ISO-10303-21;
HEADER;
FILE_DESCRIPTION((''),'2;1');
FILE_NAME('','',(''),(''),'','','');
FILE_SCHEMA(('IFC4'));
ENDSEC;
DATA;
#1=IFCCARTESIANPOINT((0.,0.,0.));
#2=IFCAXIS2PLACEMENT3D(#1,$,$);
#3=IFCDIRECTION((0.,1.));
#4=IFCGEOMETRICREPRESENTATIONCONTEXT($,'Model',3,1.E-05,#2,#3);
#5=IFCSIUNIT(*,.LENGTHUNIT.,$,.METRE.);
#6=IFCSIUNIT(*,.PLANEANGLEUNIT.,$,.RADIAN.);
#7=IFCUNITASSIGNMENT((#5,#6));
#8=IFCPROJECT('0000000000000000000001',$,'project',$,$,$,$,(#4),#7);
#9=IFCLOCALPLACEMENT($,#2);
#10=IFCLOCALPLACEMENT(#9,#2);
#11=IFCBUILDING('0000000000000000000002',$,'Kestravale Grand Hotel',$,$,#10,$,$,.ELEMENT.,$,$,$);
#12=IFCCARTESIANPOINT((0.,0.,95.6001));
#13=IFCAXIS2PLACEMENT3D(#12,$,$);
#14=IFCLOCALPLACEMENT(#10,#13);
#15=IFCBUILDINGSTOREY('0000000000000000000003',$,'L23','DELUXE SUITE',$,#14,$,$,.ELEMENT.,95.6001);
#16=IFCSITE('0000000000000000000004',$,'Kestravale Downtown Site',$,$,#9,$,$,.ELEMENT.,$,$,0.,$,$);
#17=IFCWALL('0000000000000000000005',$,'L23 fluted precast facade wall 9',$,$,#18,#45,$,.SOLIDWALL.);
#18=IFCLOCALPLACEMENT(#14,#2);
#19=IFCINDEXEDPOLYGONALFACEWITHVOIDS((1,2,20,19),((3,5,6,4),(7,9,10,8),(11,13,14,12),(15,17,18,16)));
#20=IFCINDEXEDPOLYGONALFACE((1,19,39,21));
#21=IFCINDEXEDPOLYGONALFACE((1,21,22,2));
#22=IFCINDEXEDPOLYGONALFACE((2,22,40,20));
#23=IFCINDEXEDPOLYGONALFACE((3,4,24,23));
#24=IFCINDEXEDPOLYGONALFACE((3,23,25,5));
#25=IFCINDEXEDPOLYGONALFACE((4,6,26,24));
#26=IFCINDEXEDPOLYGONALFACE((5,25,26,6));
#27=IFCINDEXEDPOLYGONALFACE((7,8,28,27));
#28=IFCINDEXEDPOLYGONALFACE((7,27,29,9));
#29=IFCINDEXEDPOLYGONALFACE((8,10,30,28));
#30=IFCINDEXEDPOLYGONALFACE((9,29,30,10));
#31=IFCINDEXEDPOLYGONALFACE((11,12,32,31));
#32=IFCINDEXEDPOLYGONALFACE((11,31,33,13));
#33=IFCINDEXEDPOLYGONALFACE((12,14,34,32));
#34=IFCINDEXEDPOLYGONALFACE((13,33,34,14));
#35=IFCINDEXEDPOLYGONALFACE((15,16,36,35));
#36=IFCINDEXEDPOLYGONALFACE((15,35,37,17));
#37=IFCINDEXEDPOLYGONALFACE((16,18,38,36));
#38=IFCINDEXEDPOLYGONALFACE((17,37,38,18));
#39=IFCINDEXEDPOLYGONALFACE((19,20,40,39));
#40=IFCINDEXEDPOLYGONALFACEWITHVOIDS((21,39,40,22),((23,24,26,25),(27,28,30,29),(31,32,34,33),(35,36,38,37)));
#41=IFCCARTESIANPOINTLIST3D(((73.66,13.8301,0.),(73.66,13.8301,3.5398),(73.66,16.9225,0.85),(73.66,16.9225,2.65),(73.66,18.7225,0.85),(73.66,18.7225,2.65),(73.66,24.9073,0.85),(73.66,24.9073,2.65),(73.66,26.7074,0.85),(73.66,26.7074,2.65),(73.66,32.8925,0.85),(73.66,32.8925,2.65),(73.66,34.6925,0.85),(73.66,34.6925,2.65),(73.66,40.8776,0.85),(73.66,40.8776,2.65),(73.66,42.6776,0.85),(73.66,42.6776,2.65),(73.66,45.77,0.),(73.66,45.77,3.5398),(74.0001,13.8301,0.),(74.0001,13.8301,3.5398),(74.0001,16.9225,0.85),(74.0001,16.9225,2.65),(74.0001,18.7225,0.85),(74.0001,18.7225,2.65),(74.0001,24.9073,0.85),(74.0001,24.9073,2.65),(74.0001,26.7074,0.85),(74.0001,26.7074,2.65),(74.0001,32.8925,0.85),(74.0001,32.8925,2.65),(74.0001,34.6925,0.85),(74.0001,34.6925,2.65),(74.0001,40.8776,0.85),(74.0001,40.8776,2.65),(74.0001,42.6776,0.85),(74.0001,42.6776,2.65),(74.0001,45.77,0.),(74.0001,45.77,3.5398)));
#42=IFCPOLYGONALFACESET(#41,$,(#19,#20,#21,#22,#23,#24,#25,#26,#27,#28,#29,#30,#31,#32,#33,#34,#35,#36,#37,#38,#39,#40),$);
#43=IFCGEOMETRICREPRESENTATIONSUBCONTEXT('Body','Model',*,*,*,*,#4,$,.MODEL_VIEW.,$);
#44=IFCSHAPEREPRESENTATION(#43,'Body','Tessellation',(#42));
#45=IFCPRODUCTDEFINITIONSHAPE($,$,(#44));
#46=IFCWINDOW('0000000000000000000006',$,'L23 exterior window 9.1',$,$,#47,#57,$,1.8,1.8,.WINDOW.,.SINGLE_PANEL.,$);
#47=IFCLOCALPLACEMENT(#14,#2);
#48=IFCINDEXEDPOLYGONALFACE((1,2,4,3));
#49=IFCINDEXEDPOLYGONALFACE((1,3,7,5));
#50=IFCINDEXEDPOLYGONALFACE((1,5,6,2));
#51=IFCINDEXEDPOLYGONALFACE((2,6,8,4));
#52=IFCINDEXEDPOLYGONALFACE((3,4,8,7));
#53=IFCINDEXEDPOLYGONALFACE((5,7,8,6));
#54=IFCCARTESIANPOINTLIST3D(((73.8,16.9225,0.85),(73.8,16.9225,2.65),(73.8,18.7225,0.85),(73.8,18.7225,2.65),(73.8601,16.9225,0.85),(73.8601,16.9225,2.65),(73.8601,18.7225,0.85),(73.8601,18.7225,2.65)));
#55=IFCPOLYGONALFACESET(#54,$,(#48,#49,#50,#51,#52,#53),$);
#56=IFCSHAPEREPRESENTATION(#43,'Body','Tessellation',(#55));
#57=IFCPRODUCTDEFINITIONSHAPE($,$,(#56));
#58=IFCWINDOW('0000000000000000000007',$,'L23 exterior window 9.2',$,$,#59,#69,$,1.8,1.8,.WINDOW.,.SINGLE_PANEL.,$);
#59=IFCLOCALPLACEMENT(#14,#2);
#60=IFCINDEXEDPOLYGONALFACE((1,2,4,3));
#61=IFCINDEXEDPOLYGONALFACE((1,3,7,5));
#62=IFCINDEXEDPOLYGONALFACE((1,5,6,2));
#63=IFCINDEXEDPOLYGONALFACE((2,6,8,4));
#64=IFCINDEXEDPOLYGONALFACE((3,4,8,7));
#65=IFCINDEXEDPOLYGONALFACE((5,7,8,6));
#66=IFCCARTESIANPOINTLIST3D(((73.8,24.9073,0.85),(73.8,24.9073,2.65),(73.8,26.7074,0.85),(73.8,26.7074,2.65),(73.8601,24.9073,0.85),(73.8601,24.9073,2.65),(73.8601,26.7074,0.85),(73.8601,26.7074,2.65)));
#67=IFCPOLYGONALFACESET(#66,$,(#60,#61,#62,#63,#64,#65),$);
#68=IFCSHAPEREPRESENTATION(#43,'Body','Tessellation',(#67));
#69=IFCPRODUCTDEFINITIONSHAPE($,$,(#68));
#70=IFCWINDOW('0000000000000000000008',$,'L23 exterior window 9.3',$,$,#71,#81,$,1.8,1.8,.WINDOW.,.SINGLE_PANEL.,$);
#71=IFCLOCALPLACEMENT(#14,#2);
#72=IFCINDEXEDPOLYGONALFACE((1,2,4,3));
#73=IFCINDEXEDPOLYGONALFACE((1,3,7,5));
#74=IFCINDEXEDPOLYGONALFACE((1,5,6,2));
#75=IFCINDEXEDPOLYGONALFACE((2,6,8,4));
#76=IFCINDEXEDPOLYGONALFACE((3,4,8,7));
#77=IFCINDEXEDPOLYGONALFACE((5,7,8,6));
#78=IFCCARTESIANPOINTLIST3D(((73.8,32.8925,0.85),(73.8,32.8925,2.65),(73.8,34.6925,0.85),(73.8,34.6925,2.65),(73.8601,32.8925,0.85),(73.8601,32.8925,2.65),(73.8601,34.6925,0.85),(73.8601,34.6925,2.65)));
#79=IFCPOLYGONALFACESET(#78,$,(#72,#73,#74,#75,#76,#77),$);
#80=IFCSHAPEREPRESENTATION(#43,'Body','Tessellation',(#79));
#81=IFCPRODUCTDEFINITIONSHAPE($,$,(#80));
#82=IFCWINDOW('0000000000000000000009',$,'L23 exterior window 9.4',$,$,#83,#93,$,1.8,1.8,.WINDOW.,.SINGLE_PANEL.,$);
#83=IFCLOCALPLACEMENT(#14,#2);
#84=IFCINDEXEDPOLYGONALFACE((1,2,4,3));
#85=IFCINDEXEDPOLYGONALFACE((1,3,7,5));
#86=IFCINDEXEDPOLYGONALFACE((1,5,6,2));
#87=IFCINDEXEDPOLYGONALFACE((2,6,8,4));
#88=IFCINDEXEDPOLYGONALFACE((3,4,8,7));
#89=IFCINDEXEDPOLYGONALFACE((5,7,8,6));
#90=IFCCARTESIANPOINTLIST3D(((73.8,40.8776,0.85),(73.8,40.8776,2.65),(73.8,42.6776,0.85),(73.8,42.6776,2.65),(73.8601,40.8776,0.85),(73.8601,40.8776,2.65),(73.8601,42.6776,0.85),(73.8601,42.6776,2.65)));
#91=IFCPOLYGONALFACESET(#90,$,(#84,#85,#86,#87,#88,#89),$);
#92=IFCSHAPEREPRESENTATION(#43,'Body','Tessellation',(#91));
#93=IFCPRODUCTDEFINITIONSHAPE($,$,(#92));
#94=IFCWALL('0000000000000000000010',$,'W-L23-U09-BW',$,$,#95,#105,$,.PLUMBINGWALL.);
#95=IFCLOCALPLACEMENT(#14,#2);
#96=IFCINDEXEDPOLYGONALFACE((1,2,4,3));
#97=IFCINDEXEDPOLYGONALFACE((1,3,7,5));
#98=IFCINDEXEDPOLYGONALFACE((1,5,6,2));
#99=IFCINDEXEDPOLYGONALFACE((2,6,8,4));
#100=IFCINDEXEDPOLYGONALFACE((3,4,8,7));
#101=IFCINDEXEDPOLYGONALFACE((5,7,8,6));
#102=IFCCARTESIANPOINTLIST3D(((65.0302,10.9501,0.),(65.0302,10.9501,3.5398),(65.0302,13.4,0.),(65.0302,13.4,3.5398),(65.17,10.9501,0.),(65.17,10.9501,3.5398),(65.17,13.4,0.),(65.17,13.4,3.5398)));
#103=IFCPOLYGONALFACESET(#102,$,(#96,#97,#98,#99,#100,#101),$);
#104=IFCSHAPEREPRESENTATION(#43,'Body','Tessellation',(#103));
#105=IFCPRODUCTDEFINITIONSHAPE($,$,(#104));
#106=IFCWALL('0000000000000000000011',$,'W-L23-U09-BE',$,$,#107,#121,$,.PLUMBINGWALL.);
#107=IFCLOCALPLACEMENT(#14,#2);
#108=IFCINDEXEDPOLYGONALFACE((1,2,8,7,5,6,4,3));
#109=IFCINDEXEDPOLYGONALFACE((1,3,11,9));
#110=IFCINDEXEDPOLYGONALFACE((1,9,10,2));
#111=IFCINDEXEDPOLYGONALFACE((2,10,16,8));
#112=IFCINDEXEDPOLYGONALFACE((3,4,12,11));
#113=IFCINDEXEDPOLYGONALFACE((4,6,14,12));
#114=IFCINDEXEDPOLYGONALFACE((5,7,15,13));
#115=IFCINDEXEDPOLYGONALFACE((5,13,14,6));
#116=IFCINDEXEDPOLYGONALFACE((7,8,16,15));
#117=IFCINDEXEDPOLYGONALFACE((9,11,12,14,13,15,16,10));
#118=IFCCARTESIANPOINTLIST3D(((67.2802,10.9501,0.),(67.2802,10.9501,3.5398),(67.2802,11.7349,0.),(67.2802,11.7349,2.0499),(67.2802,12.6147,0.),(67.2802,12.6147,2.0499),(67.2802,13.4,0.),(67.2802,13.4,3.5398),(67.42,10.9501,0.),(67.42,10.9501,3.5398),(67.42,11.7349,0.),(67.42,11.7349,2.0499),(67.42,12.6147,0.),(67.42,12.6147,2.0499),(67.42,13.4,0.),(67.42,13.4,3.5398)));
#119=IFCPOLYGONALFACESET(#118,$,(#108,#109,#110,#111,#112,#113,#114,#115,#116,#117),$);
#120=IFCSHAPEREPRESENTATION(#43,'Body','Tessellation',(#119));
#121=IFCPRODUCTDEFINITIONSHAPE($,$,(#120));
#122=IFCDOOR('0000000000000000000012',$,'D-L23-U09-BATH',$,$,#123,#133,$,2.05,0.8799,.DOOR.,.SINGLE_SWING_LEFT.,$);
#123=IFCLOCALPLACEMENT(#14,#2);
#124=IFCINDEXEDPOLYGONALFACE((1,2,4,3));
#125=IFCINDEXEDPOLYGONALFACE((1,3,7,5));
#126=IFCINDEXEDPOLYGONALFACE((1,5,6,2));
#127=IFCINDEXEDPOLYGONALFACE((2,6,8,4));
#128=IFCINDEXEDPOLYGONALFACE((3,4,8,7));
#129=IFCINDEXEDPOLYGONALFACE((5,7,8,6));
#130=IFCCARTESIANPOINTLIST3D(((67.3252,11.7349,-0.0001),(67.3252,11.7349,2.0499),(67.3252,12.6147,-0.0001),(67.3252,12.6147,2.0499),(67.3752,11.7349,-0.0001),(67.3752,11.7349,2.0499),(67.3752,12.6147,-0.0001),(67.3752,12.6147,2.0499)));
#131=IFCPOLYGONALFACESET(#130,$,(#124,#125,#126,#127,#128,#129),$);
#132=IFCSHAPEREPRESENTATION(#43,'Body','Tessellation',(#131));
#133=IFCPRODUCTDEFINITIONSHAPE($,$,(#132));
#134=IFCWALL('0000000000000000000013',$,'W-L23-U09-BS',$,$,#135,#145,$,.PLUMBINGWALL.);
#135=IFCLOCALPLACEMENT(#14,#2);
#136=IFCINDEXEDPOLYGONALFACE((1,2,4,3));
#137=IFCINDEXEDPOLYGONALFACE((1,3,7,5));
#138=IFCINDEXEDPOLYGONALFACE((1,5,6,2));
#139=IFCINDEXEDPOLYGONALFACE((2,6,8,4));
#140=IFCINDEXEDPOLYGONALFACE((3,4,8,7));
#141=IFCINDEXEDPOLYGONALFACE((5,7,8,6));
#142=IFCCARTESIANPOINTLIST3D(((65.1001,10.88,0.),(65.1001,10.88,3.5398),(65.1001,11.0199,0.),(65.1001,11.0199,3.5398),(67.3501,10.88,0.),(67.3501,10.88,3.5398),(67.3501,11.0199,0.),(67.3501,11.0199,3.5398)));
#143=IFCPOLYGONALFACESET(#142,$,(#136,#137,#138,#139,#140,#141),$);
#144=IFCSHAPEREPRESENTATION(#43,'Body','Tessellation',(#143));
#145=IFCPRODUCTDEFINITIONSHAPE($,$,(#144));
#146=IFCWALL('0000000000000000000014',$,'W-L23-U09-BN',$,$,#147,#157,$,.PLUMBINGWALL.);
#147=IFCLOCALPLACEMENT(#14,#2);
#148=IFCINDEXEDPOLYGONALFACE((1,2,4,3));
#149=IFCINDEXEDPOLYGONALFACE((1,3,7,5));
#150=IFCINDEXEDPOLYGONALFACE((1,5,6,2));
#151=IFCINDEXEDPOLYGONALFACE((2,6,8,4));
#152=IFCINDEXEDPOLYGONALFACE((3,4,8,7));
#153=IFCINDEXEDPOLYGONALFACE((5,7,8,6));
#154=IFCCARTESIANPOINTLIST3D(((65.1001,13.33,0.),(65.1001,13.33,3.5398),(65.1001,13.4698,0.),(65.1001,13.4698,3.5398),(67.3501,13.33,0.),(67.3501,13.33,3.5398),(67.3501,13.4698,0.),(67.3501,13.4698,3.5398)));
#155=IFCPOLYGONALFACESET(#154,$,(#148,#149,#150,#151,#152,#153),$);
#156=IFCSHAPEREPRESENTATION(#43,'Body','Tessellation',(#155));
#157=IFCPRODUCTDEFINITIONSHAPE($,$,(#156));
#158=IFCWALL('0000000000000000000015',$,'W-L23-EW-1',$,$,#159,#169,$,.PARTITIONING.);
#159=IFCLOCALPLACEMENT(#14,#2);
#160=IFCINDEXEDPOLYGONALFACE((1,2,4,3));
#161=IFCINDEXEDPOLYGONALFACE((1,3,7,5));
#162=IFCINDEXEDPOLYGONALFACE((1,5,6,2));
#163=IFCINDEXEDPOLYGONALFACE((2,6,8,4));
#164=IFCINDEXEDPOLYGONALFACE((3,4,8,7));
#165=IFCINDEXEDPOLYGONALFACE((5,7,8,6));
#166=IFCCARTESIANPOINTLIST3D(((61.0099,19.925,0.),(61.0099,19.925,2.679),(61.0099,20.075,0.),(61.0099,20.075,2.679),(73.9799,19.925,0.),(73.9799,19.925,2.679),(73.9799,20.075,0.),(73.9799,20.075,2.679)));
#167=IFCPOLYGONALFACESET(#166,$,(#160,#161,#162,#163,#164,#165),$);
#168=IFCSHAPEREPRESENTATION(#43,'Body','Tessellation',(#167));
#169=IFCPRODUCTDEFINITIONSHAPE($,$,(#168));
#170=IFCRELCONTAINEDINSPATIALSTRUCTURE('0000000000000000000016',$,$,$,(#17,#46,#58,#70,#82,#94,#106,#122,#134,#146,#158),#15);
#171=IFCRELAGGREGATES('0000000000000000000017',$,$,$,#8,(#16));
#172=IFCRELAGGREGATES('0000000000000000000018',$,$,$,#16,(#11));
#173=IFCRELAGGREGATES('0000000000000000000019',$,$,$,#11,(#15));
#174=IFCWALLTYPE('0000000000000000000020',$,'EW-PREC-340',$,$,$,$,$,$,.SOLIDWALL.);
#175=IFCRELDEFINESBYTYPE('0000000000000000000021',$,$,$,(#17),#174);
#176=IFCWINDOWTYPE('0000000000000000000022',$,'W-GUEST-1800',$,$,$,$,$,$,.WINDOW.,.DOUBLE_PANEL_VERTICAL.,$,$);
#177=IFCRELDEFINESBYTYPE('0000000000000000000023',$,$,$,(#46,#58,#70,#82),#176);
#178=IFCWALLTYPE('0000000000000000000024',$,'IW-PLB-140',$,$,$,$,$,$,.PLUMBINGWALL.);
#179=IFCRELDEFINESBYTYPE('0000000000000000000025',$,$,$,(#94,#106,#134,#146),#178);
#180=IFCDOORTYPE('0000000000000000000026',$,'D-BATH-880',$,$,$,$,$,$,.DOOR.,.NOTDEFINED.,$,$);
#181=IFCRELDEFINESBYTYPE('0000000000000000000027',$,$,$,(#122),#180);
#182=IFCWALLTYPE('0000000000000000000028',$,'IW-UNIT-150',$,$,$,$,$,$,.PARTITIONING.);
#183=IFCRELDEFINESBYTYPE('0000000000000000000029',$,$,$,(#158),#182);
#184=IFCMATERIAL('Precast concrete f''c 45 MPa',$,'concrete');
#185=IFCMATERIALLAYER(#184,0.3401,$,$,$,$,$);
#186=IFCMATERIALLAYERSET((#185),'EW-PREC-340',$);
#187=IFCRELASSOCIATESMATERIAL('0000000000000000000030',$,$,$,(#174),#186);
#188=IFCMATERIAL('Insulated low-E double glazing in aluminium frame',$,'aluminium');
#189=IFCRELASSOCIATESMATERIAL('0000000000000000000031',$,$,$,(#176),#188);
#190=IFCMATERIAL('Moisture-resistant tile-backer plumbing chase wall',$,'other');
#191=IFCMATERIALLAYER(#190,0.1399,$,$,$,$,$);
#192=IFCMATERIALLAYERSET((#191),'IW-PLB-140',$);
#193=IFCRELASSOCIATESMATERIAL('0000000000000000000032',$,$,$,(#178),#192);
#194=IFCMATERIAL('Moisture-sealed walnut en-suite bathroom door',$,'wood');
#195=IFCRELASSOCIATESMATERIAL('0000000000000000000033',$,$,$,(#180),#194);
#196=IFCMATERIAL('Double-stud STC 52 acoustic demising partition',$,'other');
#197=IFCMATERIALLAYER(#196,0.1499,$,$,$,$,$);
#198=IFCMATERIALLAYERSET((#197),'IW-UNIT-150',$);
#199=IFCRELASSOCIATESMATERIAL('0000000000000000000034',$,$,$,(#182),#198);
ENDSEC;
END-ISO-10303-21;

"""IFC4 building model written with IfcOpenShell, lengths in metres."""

from ifc_helpers import new_model, si_unit, direction, frame, frame_2d, origin, place, context, subcontext, project, spatial, rectangle, extrude, material, layer, layer_set, type_object, element, fill, save


model = new_model("IFC4")

# Units and contexts
model_context = context("Model", 3, precision=1e-05, world=origin(), true_north=direction((0.0, 1.0)))
body_context = subcontext(model_context, "Body", "Model", "MODEL_VIEW")
ifc_project = project(units=[si_unit("LENGTHUNIT", "METRE"), si_unit("PLANEANGLEUNIT", "RADIAN")], contexts=[model_context])

# Site, building, storey
site_placement = place(None, origin())
site = spatial("IfcSite", under=ifc_project, at=site_placement, Name="Kestravale Downtown Site", CompositionType="ELEMENT", RefElevation=0.0)
building_placement = place(site_placement, origin())
building = spatial("IfcBuilding", under=site, at=building_placement, Name="Kestravale Grand Hotel", CompositionType="ELEMENT")
storey_placement = place(building_placement, frame((0.0, 0.0, 95.6001)))
storey = spatial("IfcBuildingStorey", under=building, at=storey_placement, Name="L23", Description="DELUXE SUITE", CompositionType="ELEMENT", Elevation=95.6001)

# Shared definitions
ifc_material_1 = material(Name="Precast concrete f'c 45 MPa", Category="concrete")
ifc_layer_1 = layer(ifc_material_1, 0.3401)
ifc_layer_set_1 = layer_set([ifc_layer_1], Name="EW-PREC-340")
wall_type_1 = type_object("IfcWallType", Name="EW-PREC-340", PredefinedType="SOLIDWALL", material=ifc_layer_set_1)
ifc_material_2 = material(Name="Insulated low-E double glazing in aluminium frame", Category="aluminium")
window_type = type_object("IfcWindowType", Name="W-GUEST-1800", PartitioningType="DOUBLE_PANEL_VERTICAL", PredefinedType="WINDOW", material=ifc_material_2)

# Wall, openings, windows
wall_1_placement = place(storey_placement, frame((73.8301, 13.8301, 0.0), z_axis=(0.0, 0.0, 1.0), x_axis=(0.0, 1.0, 0.0)))
wall_1 = element("IfcWall", 1, at=wall_1_placement, inside=storey, type_object=wall_type_1, Name="L23 fluted precast facade wall 9", PredefinedType="SOLIDWALL", context=body_context, shape_type="SweptSolid", body=[
    extrude(rectangle(XDim=31.9399, YDim=0.3401, at=frame_2d((15.97, 0.0))), origin(), (0.0, 0.0, 1.0), 3.5398),
])
opening_1_placement = place(wall_1_placement, frame((3.0925, 0.0, 0.8501)))
opening_1 = element("IfcOpeningElement", 2, at=opening_1_placement, cuts=wall_1, PredefinedType="OPENING", context=body_context, shape_type="SweptSolid", body=[
    extrude(rectangle(XDim=1.8, YDim=1.8, at=frame_2d((0.8999, 0.8999))), frame((0.0, 0.1799, 0.0), z_axis=(0.0, -1.0, 0.0), x_axis=(1.0, 0.0, 0.0)), (0.0, 0.0, 1.0), 0.3601),
])
opening_2_placement = place(wall_1_placement, frame((11.0774, 0.0, 0.8501)))
opening_2 = element("IfcOpeningElement", 3, at=opening_2_placement, cuts=wall_1, PredefinedType="OPENING", context=body_context, shape_type="SweptSolid", body=[
    extrude(rectangle(XDim=1.8, YDim=1.8, at=frame_2d((0.8999, 0.8999))), frame((0.0, 0.1799, 0.0), z_axis=(0.0, -1.0, 0.0), x_axis=(1.0, 0.0, 0.0)), (0.0, 0.0, 1.0), 0.3601),
])
opening_3_placement = place(wall_1_placement, frame((19.0625, 0.0, 0.8501)))
opening_3 = element("IfcOpeningElement", 4, at=opening_3_placement, cuts=wall_1, PredefinedType="OPENING", context=body_context, shape_type="SweptSolid", body=[
    extrude(rectangle(XDim=1.8, YDim=1.8, at=frame_2d((0.8999, 0.8999))), frame((0.0, 0.1799, 0.0), z_axis=(0.0, -1.0, 0.0), x_axis=(1.0, 0.0, 0.0)), (0.0, 0.0, 1.0), 0.3601),
])
opening_4_placement = place(wall_1_placement, frame((27.0476, 0.0, 0.8501)))
opening_4 = element("IfcOpeningElement", 5, at=opening_4_placement, cuts=wall_1, PredefinedType="OPENING", context=body_context, shape_type="SweptSolid", body=[
    extrude(rectangle(XDim=1.8, YDim=1.8, at=frame_2d((0.8999, 0.8999))), frame((0.0, 0.1799, 0.0), z_axis=(0.0, -1.0, 0.0), x_axis=(1.0, 0.0, 0.0)), (0.0, 0.0, 1.0), 0.3601),
])
window_1_placement = place(opening_1_placement, origin())
window_1 = element("IfcWindow", 6, at=window_1_placement, inside=storey, type_object=window_type, Name="L23 exterior window 9.1", OverallHeight=1.8, OverallWidth=1.8, PartitioningType="SINGLE_PANEL", PredefinedType="WINDOW", context=body_context, shape_type="SweptSolid", body=[
    extrude(rectangle(XDim=1.8, YDim=1.8, at=frame_2d((0.8999, 0.8999))), frame((0.0, 0.03, 0.0), z_axis=(0.0, -1.0, 0.0), x_axis=(1.0, 0.0, 0.0)), (0.0, 0.0, 1.0), 0.0601),
])
fill(opening_1, window_1)
window_2_placement = place(opening_2_placement, origin())
window_2 = element("IfcWindow", 7, at=window_2_placement, inside=storey, type_object=window_type, Name="L23 exterior window 9.2", OverallHeight=1.8, OverallWidth=1.8, PartitioningType="SINGLE_PANEL", PredefinedType="WINDOW", context=body_context, shape_type="SweptSolid", body=[
    extrude(rectangle(XDim=1.8, YDim=1.8, at=frame_2d((0.8999, 0.8999))), frame((0.0, 0.03, 0.0), z_axis=(0.0, -1.0, 0.0), x_axis=(1.0, 0.0, 0.0)), (0.0, 0.0, 1.0), 0.0601),
])
fill(opening_2, window_2)
window_3_placement = place(opening_3_placement, origin())
window_3 = element("IfcWindow", 8, at=window_3_placement, inside=storey, type_object=window_type, Name="L23 exterior window 9.3", OverallHeight=1.8, OverallWidth=1.8, PartitioningType="SINGLE_PANEL", PredefinedType="WINDOW", context=body_context, shape_type="SweptSolid", body=[
    extrude(rectangle(XDim=1.8, YDim=1.8, at=frame_2d((0.8999, 0.8999))), frame((0.0, 0.03, 0.0), z_axis=(0.0, -1.0, 0.0), x_axis=(1.0, 0.0, 0.0)), (0.0, 0.0, 1.0), 0.0601),
])
fill(opening_3, window_3)
window_4_placement = place(opening_4_placement, origin())
window_4 = element("IfcWindow", 9, at=window_4_placement, inside=storey, type_object=window_type, Name="L23 exterior window 9.4", OverallHeight=1.8, OverallWidth=1.8, PartitioningType="SINGLE_PANEL", PredefinedType="WINDOW", context=body_context, shape_type="SweptSolid", body=[
    extrude(rectangle(XDim=1.8, YDim=1.8, at=frame_2d((0.8999, 0.8999))), frame((0.0, 0.03, 0.0), z_axis=(0.0, -1.0, 0.0), x_axis=(1.0, 0.0, 0.0)), (0.0, 0.0, 1.0), 0.0601),
])
fill(opening_4, window_4)

# Wall
ifc_material_3 = material(Name="Moisture-resistant tile-backer plumbing chase wall", Category="other")
ifc_layer_2 = layer(ifc_material_3, 0.1399)
ifc_layer_set_2 = layer_set([ifc_layer_2], Name="IW-PLB-140")
wall_type_2 = type_object("IfcWallType", Name="IW-PLB-140", PredefinedType="PLUMBINGWALL", material=ifc_layer_set_2)
wall_2_placement = place(storey_placement, frame((65.1001, 10.95, 0.0), z_axis=(0.0, 0.0, 1.0), x_axis=(0.0, 1.0, 0.0)))
element("IfcWall", 10, at=wall_2_placement, inside=storey, type_object=wall_type_2, Name="W-L23-U09-BW", PredefinedType="PLUMBINGWALL", context=body_context, shape_type="SweptSolid", body=[
    extrude(rectangle(XDim=2.45, YDim=0.1399, at=frame_2d((1.2251, 0.0))), origin(), (0.0, 0.0, 1.0), 3.5398),
])

# Wall, opening, door
wall_3_placement = place(storey_placement, frame((67.3501, 10.95, 0.0), z_axis=(0.0, 0.0, 1.0), x_axis=(0.0, 1.0, 0.0)))
wall_3 = element("IfcWall", 11, at=wall_3_placement, inside=storey, type_object=wall_type_2, Name="W-L23-U09-BE", PredefinedType="PLUMBINGWALL", context=body_context, shape_type="SweptSolid", body=[
    extrude(rectangle(XDim=2.45, YDim=0.1399, at=frame_2d((1.2251, 0.0))), origin(), (0.0, 0.0, 1.0), 3.5398),
])
opening_5_placement = place(wall_3_placement, frame((0.7849, 0.0, 0.0)))
opening_5 = element("IfcOpeningElement", 12, at=opening_5_placement, cuts=wall_3, PredefinedType="OPENING", context=body_context, shape_type="SweptSolid", body=[
    extrude(rectangle(XDim=0.8799, YDim=2.05, at=frame_2d((0.4399, 1.0249))), frame((0.0, 0.0798, 0.0), z_axis=(0.0, -1.0, 0.0), x_axis=(1.0, 0.0, 0.0)), (0.0, 0.0, 1.0), 0.1599),
])
ifc_material_4 = material(Name="Moisture-sealed walnut en-suite bathroom door", Category="wood")
door_type = type_object("IfcDoorType", Name="D-BATH-880", OperationType="NOTDEFINED", PredefinedType="DOOR", material=ifc_material_4)
door_placement = place(opening_5_placement, origin())
door = element("IfcDoor", 13, at=door_placement, inside=storey, type_object=door_type, Name="D-L23-U09-BATH", OperationType="SINGLE_SWING_LEFT", OverallHeight=2.05, OverallWidth=0.8799, PredefinedType="DOOR", context=body_context, shape_type="SweptSolid", body=[
    extrude(rectangle(XDim=0.8799, YDim=2.05, at=frame_2d((0.4399, 1.0249))), frame((0.0, 0.0249, 0.0), z_axis=(0.0, -1.0, 0.0), x_axis=(1.0, 0.0, 0.0)), (0.0, 0.0, 1.0), 0.05),
])
fill(opening_5, door)

# Walls
for number, where, z_axis, x_axis, name in (
    (14, (65.1001, 10.95, 0.0), (0.0, 0.0, 1.0), (1.0, 0.0, 0.0), "W-L23-U09-BS"),
    (15, (65.1001, 13.3999, 0.0), (0.0, 0.0, 1.0), (1.0, 0.0, 0.0), "W-L23-U09-BN"),
):
    element("IfcWall", number, at=place(storey_placement, frame(where, z_axis=z_axis, x_axis=x_axis)), inside=storey, type_object=wall_type_2, Name=name, PredefinedType="PLUMBINGWALL", context=body_context, shape_type="SweptSolid", body=[
        extrude(rectangle(XDim=2.25, YDim=0.1399, at=frame_2d((1.125, 0.0))), origin(), (0.0, 0.0, 1.0), 3.5398),
    ])
ifc_material_5 = material(Name="Double-stud STC 52 acoustic demising partition", Category="other")
ifc_layer_3 = layer(ifc_material_5, 0.1499)
ifc_layer_set_3 = layer_set([ifc_layer_3], Name="IW-UNIT-150")
wall_type_3 = type_object("IfcWallType", Name="IW-UNIT-150", PredefinedType="PARTITIONING", material=ifc_layer_set_3)
wall_4_placement = place(storey_placement, frame((61.01, 20.0, 0.0), z_axis=(0.0, 0.0, 1.0), x_axis=(1.0, 0.0, 0.0)))
element("IfcWall", 16, at=wall_4_placement, inside=storey, type_object=wall_type_3, Name="W-L23-EW-1", PredefinedType="PARTITIONING", context=body_context, shape_type="SweptSolid", body=[
    extrude(rectangle(XDim=12.97, YDim=0.1499, at=frame_2d((6.4849, 0.0))), origin(), (0.0, 0.0, 1.0), 2.679),
])

save(model, "model.ifc")
